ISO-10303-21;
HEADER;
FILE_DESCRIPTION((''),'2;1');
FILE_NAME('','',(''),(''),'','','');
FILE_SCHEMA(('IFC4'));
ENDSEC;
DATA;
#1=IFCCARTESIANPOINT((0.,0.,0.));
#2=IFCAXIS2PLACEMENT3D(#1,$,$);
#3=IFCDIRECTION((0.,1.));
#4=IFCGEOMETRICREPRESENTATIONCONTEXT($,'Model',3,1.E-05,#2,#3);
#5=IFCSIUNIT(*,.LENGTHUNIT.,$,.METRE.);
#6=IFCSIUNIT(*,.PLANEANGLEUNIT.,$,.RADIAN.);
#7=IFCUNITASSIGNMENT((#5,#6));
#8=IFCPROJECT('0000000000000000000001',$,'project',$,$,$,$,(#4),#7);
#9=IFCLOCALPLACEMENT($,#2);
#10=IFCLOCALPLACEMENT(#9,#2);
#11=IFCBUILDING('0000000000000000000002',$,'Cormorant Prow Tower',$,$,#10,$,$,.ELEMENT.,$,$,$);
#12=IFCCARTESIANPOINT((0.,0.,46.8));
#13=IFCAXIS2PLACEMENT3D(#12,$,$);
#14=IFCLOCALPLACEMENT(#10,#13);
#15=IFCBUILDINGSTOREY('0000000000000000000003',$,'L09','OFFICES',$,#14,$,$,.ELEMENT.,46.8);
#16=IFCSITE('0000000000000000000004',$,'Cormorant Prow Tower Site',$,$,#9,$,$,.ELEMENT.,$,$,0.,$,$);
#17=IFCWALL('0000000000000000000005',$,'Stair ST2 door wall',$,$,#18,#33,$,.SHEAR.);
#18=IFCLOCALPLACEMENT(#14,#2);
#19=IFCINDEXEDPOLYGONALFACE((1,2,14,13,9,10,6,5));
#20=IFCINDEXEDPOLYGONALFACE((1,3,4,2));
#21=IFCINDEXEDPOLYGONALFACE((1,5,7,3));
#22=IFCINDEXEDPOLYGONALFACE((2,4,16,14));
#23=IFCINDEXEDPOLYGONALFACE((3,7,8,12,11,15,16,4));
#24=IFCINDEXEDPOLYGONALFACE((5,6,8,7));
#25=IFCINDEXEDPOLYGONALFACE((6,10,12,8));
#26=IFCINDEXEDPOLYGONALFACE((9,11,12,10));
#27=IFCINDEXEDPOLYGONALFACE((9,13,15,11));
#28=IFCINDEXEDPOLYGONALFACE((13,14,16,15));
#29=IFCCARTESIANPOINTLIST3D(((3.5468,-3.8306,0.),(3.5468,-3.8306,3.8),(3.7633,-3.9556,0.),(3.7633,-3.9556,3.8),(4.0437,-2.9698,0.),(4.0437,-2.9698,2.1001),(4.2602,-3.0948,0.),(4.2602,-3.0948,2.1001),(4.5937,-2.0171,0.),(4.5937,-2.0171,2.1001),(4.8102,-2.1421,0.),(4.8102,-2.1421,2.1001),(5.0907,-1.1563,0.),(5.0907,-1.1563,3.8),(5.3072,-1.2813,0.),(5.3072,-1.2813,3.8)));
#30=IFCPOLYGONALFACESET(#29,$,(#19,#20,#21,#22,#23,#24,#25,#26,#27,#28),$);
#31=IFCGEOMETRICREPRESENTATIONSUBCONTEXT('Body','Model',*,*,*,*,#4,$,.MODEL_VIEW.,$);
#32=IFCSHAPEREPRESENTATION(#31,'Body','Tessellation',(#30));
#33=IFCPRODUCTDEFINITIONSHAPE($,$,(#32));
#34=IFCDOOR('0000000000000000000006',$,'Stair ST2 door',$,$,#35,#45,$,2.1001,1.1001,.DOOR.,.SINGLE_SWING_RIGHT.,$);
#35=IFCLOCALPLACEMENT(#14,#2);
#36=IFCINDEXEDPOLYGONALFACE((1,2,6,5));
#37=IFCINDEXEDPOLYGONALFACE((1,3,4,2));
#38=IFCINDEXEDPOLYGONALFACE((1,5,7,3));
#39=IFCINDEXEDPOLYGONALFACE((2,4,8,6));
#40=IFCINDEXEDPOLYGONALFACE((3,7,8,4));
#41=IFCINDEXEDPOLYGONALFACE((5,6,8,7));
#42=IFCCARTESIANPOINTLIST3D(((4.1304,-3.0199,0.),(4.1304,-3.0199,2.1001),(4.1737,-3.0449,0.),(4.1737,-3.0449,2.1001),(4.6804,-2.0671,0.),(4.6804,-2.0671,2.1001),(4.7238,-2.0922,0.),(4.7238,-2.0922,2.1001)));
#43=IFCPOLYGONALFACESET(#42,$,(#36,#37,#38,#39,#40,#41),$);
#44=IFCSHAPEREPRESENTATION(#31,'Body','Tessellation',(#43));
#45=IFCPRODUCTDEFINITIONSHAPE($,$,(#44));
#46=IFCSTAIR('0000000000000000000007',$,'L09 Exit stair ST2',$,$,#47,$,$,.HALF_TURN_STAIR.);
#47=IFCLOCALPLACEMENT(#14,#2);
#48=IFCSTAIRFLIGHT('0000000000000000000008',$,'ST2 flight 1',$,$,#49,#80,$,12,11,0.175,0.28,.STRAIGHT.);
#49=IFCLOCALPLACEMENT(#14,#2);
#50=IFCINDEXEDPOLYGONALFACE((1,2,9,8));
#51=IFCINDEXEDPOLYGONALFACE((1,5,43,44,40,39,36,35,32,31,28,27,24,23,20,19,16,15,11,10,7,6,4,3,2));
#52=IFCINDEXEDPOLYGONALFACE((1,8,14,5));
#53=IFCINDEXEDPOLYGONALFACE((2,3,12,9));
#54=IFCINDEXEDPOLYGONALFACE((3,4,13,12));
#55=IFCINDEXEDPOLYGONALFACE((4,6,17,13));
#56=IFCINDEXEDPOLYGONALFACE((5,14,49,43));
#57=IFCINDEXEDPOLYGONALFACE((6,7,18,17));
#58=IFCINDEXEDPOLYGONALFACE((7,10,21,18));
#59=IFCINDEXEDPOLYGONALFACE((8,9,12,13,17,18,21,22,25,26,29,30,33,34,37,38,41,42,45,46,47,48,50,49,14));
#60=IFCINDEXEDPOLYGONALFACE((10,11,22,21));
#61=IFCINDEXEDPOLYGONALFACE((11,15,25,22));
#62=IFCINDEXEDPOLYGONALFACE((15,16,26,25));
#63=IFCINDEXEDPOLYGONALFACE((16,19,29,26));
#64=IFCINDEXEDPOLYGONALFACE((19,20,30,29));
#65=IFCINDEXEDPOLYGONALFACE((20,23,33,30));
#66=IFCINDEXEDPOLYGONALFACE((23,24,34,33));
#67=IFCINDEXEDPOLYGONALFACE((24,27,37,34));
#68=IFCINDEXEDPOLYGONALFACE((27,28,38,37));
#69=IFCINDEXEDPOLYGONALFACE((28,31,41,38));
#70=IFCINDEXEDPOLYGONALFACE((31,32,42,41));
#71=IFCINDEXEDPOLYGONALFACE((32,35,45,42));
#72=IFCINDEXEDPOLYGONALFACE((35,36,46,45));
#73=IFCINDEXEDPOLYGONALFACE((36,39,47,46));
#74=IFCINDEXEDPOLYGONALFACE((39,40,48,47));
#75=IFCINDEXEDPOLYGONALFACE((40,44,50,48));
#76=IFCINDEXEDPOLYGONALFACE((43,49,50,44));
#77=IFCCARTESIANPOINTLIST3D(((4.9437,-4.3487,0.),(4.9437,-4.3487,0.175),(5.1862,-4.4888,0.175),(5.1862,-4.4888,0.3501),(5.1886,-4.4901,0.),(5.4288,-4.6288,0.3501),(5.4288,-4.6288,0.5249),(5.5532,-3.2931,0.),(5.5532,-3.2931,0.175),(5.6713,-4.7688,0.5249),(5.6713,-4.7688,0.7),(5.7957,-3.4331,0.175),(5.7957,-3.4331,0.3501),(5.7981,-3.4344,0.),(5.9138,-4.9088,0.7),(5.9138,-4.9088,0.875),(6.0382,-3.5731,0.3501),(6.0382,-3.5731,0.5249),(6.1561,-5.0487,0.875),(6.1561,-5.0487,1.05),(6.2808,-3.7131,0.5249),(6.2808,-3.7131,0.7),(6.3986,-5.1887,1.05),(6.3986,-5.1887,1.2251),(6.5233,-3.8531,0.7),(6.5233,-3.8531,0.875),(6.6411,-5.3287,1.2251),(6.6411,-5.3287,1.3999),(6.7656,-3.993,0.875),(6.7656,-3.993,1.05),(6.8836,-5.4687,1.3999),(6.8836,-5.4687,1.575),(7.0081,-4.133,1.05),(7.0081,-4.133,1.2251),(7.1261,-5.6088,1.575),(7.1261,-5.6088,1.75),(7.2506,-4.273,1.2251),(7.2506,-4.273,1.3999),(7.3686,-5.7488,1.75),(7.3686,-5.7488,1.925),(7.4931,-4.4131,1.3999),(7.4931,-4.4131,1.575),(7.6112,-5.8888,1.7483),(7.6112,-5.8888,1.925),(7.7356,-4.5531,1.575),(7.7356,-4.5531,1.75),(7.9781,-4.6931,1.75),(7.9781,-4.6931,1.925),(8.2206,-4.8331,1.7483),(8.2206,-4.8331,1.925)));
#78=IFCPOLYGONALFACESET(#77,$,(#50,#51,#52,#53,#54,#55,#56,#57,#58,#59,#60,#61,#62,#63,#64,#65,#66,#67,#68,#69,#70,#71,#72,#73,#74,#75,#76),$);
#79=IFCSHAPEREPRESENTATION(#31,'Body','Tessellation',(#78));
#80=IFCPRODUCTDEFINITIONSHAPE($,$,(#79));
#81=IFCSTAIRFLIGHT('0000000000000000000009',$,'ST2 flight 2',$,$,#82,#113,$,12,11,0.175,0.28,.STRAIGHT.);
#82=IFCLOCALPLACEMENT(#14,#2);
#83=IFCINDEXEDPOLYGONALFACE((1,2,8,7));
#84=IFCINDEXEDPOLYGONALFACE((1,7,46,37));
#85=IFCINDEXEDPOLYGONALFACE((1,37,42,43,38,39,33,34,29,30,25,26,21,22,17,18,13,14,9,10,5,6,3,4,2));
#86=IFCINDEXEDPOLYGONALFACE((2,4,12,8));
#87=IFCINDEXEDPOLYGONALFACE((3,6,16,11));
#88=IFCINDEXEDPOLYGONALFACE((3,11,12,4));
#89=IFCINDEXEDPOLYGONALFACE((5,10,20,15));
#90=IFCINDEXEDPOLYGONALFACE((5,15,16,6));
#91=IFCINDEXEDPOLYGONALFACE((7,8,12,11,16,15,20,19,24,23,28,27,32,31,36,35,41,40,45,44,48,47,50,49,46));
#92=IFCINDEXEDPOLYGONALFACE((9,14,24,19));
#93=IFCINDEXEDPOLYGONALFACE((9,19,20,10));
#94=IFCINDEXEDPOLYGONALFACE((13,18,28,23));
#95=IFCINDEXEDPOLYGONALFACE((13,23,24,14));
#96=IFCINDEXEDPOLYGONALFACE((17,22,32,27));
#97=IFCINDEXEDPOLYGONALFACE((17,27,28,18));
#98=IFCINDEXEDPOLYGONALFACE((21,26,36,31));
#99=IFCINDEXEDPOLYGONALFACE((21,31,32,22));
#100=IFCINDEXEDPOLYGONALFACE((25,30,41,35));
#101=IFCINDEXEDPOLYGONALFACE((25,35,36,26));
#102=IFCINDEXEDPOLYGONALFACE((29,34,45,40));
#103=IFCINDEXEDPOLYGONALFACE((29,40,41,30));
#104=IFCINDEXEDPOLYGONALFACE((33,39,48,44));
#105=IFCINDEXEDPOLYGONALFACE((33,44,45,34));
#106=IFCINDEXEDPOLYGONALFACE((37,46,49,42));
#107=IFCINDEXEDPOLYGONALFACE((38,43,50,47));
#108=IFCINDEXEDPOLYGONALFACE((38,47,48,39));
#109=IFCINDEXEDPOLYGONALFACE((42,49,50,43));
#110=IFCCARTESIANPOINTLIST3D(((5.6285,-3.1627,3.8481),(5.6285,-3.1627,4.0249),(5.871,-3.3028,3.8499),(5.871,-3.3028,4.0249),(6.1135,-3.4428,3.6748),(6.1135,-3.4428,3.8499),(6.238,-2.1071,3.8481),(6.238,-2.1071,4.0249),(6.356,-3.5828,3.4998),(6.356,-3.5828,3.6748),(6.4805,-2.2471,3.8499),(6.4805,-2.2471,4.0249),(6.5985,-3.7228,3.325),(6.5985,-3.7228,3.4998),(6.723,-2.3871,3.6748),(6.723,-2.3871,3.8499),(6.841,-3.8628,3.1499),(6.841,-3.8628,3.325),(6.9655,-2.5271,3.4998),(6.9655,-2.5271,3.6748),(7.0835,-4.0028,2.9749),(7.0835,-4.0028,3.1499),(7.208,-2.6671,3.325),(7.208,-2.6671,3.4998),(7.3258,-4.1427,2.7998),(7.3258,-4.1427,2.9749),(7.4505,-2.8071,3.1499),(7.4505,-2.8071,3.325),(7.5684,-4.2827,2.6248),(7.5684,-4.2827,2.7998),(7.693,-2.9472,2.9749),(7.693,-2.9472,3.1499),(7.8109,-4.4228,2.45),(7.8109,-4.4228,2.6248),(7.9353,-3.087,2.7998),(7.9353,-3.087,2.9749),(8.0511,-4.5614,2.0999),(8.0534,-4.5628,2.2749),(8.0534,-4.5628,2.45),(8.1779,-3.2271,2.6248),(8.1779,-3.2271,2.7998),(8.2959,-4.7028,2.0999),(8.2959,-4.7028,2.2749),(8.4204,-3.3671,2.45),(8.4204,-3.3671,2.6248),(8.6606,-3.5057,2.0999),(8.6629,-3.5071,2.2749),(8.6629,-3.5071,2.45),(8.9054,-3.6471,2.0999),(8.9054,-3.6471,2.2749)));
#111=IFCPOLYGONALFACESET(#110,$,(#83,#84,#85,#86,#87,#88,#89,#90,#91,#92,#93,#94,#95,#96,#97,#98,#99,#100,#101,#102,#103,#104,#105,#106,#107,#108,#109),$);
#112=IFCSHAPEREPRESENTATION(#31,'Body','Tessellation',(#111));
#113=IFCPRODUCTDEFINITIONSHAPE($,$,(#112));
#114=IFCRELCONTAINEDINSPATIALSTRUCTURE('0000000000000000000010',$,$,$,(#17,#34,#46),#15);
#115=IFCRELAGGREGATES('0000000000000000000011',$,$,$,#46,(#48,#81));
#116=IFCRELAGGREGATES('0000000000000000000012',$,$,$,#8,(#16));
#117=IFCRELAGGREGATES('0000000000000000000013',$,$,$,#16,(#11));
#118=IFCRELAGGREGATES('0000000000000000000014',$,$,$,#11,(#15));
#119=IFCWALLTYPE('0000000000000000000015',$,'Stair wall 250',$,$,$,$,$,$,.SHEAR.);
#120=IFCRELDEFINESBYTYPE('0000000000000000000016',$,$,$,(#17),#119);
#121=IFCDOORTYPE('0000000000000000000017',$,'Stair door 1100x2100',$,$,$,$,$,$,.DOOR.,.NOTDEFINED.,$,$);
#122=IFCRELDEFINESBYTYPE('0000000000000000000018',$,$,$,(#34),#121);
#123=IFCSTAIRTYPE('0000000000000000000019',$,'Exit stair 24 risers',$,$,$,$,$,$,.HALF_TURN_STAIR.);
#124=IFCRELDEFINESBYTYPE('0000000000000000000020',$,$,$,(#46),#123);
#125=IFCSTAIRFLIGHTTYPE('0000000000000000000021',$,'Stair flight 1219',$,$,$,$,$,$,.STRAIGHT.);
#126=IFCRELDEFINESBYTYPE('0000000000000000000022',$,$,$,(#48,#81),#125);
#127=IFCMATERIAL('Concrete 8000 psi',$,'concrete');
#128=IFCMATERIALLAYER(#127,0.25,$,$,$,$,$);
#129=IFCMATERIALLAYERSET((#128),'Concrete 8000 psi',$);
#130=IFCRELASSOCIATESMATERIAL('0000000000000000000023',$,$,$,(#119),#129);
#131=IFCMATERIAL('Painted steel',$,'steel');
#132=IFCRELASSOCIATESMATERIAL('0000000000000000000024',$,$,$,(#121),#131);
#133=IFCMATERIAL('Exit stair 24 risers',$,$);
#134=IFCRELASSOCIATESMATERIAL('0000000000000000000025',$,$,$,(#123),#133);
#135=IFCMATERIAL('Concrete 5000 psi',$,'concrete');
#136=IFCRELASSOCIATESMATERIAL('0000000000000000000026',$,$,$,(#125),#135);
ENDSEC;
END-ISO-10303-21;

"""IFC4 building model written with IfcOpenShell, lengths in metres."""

from ifc_helpers import new_model, si_unit, direction, frame, frame_2d, origin, place, context, subcontext, project, spatial, polyline, rectangle, outline, extrude, material, layer, layer_set, type_object, element, fill, aggregate, save


model = new_model("IFC4")

# Units and contexts
model_context = context("Model", 3, precision=1e-05, world=origin(), true_north=direction((0.0, 1.0)))
body_context = subcontext(model_context, "Body", "Model", "MODEL_VIEW")
ifc_project = project(units=[si_unit("LENGTHUNIT", "METRE"), si_unit("PLANEANGLEUNIT", "RADIAN")], contexts=[model_context])

# Site, building, storey
site_placement = place(None, origin())
site = spatial("IfcSite", under=ifc_project, at=site_placement, Name="Cormorant Prow Tower Site", CompositionType="ELEMENT", RefElevation=0.0)
building_placement = place(site_placement, origin())
building = spatial("IfcBuilding", under=site, at=building_placement, Name="Cormorant Prow Tower", CompositionType="ELEMENT")
storey_placement = place(building_placement, frame((0.0, 0.0, 46.8)))
storey = spatial("IfcBuildingStorey", under=building, at=storey_placement, Name="L09", Description="OFFICES", CompositionType="ELEMENT", Elevation=46.8)

# Wall, opening, door
ifc_material_1 = material(Name="Concrete 8000 psi", Category="concrete")
ifc_layer_1 = layer(ifc_material_1, 0.25)
ifc_layer_set_1 = layer_set([ifc_layer_1], Name="Concrete 8000 psi")
wall_type_1 = type_object("IfcWallType", Name="Stair wall 250", PredefinedType="SHEAR", material=ifc_layer_set_1)
wall_1_placement = place(storey_placement, frame((3.655, -3.8931, 0.0), z_axis=(0.0, 0.0, 1.0), x_axis=(0.499983, 0.866035, 0.0)))
wall_1 = element("IfcWall", 1, at=wall_1_placement, inside=storey, type_object=wall_type_1, Name="Stair ST2 door wall", PredefinedType="SHEAR", context=body_context, shape_type="SweptSolid", body=[
    extrude(rectangle(XDim=3.0879, YDim=0.25, at=frame_2d((1.5439, 0.0))), origin(), (0.0, 0.0, 1.0), 3.8),
])
opening_1_placement = place(wall_1_placement, frame((0.9939, 0.0, 0.0)))
opening_1 = element("IfcOpeningElement", 2, at=opening_1_placement, cuts=wall_1, PredefinedType="OPENING", context=body_context, shape_type="SweptSolid", body=[
    extrude(rectangle(XDim=1.1001, YDim=2.1001, at=frame_2d((0.55, 1.05))), frame((0.0, 0.135, 0.0), z_axis=(0.0, -1.0, 0.0), x_axis=(1.0, 0.0, 0.0)), (0.0, 0.0, 1.0), 0.27),
])
ifc_material_2 = material(Name="Painted steel", Category="steel")
door_type_1 = type_object("IfcDoorType", Name="Stair door 1100x2100", OperationType="NOTDEFINED", PredefinedType="DOOR", material=ifc_material_2)
door_1_placement = place(opening_1_placement, origin())
door_1 = element("IfcDoor", 3, at=door_1_placement, inside=storey, type_object=door_type_1, Name="Stair ST2 door", OperationType="SINGLE_SWING_RIGHT", OverallHeight=2.1001, OverallWidth=1.1001, PredefinedType="DOOR", context=body_context, shape_type="SweptSolid", body=[
    extrude(rectangle(XDim=1.1001, YDim=2.1001, at=frame_2d((0.55, 1.05))), frame((0.0, 0.0249, 0.0), z_axis=(0.0, -1.0, 0.0), x_axis=(1.0, 0.0, 0.0)), (0.0, 0.0, 1.0), 0.05),
])
fill(opening_1, door_1)

# Stair, stair flights
ifc_material_3 = material(Name="Exit stair 24 risers")
stair_type = type_object("IfcStairType", Name="Exit stair 24 risers", PredefinedType="HALF_TURN_STAIR", material=ifc_material_3)
stair_placement = place(storey_placement, origin())
stair = element("IfcStair", 4, at=stair_placement, inside=storey, type_object=stair_type, Name="L09 Exit stair ST2", PredefinedType="HALF_TURN_STAIR")
ifc_material_4 = material(Name="Concrete 5000 psi", Category="concrete")
stair_flight_type = type_object("IfcStairFlightType", Name="Stair flight 1219", PredefinedType="STRAIGHT", material=ifc_material_4)
stair_flight_1_placement = place(storey_placement, frame((5.2485, -3.8208, 0.0), z_axis=(0.0, 0.0, 1.0), x_axis=(0.866025, -0.5, 0.0)))
stair_flight_1 = element("IfcStairFlight", 5, at=stair_flight_1_placement, type_object=stair_flight_type, Name="ST2 flight 1", NumberOfRisers=12, NumberOfTreads=11, PredefinedType="STRAIGHT", RiserHeight=0.175, TreadLength=0.28, context=body_context, shape_type="SweptSolid", body=[
    extrude(outline(polyline([(0.0, 0.0), (0.0, 0.175), (0.28, 0.175), (0.28, 0.3501), (0.5601, 0.3501), (0.5601, 0.5249), (0.8401, 0.5249), (0.8401, 0.7), (1.1201, 0.7), (1.1201, 0.875), (1.3999, 0.875), (1.3999, 1.05), (1.6799, 1.05), (1.6799, 1.2251), (1.96, 1.2251), (1.96, 1.3999), (2.24, 1.3999), (2.24, 1.575), (2.52, 1.575), (2.52, 1.75), (2.8, 1.75), (2.8, 1.925), (3.0801, 1.925), (3.0801, 2.1001), (3.0801, 1.7483), (0.2827, 0.0), (0.0, 0.0)])), frame((0.0, 0.6094, 0.0), z_axis=(0.0, -1.0, 0.0), x_axis=(1.0, 0.0, 0.0)), (0.0, 0.0, 1.0), 1.219),
])
stair_flight_2_placement = place(storey_placement, frame((8.6006, -4.175, 2.0999), z_axis=(0.0, 0.0, 1.0), x_axis=(-0.866025, 0.5, 0.0)))
stair_flight_2 = element("IfcStairFlight", 6, at=stair_flight_2_placement, type_object=stair_flight_type, Name="ST2 flight 2", NumberOfRisers=12, NumberOfTreads=11, PredefinedType="STRAIGHT", RiserHeight=0.175, TreadLength=0.28, context=body_context, shape_type="SweptSolid", body=[
    extrude(outline(polyline([(0.0, 0.0), (0.0, 0.175), (0.28, 0.175), (0.28, 0.3501), (0.5601, 0.3501), (0.5601, 0.5249), (0.8401, 0.5249), (0.8401, 0.7), (1.1201, 0.7), (1.1201, 0.875), (1.3999, 0.875), (1.3999, 1.05), (1.6799, 1.05), (1.6799, 1.2251), (1.96, 1.2251), (1.96, 1.3999), (2.24, 1.3999), (2.24, 1.575), (2.52, 1.575), (2.52, 1.75), (2.8, 1.75), (2.8, 1.925), (3.0801, 1.925), (3.0801, 2.1001), (3.0801, 1.7483), (0.2827, 0.0), (0.0, 0.0)])), frame((0.0, 0.6094, 0.0), z_axis=(0.0, -1.0, 0.0), x_axis=(1.0, 0.0, 0.0)), (0.0, 0.0, 1.0), 1.219),
])
aggregate(stair, [stair_flight_1, stair_flight_2])

save(model, "model.ifc")
